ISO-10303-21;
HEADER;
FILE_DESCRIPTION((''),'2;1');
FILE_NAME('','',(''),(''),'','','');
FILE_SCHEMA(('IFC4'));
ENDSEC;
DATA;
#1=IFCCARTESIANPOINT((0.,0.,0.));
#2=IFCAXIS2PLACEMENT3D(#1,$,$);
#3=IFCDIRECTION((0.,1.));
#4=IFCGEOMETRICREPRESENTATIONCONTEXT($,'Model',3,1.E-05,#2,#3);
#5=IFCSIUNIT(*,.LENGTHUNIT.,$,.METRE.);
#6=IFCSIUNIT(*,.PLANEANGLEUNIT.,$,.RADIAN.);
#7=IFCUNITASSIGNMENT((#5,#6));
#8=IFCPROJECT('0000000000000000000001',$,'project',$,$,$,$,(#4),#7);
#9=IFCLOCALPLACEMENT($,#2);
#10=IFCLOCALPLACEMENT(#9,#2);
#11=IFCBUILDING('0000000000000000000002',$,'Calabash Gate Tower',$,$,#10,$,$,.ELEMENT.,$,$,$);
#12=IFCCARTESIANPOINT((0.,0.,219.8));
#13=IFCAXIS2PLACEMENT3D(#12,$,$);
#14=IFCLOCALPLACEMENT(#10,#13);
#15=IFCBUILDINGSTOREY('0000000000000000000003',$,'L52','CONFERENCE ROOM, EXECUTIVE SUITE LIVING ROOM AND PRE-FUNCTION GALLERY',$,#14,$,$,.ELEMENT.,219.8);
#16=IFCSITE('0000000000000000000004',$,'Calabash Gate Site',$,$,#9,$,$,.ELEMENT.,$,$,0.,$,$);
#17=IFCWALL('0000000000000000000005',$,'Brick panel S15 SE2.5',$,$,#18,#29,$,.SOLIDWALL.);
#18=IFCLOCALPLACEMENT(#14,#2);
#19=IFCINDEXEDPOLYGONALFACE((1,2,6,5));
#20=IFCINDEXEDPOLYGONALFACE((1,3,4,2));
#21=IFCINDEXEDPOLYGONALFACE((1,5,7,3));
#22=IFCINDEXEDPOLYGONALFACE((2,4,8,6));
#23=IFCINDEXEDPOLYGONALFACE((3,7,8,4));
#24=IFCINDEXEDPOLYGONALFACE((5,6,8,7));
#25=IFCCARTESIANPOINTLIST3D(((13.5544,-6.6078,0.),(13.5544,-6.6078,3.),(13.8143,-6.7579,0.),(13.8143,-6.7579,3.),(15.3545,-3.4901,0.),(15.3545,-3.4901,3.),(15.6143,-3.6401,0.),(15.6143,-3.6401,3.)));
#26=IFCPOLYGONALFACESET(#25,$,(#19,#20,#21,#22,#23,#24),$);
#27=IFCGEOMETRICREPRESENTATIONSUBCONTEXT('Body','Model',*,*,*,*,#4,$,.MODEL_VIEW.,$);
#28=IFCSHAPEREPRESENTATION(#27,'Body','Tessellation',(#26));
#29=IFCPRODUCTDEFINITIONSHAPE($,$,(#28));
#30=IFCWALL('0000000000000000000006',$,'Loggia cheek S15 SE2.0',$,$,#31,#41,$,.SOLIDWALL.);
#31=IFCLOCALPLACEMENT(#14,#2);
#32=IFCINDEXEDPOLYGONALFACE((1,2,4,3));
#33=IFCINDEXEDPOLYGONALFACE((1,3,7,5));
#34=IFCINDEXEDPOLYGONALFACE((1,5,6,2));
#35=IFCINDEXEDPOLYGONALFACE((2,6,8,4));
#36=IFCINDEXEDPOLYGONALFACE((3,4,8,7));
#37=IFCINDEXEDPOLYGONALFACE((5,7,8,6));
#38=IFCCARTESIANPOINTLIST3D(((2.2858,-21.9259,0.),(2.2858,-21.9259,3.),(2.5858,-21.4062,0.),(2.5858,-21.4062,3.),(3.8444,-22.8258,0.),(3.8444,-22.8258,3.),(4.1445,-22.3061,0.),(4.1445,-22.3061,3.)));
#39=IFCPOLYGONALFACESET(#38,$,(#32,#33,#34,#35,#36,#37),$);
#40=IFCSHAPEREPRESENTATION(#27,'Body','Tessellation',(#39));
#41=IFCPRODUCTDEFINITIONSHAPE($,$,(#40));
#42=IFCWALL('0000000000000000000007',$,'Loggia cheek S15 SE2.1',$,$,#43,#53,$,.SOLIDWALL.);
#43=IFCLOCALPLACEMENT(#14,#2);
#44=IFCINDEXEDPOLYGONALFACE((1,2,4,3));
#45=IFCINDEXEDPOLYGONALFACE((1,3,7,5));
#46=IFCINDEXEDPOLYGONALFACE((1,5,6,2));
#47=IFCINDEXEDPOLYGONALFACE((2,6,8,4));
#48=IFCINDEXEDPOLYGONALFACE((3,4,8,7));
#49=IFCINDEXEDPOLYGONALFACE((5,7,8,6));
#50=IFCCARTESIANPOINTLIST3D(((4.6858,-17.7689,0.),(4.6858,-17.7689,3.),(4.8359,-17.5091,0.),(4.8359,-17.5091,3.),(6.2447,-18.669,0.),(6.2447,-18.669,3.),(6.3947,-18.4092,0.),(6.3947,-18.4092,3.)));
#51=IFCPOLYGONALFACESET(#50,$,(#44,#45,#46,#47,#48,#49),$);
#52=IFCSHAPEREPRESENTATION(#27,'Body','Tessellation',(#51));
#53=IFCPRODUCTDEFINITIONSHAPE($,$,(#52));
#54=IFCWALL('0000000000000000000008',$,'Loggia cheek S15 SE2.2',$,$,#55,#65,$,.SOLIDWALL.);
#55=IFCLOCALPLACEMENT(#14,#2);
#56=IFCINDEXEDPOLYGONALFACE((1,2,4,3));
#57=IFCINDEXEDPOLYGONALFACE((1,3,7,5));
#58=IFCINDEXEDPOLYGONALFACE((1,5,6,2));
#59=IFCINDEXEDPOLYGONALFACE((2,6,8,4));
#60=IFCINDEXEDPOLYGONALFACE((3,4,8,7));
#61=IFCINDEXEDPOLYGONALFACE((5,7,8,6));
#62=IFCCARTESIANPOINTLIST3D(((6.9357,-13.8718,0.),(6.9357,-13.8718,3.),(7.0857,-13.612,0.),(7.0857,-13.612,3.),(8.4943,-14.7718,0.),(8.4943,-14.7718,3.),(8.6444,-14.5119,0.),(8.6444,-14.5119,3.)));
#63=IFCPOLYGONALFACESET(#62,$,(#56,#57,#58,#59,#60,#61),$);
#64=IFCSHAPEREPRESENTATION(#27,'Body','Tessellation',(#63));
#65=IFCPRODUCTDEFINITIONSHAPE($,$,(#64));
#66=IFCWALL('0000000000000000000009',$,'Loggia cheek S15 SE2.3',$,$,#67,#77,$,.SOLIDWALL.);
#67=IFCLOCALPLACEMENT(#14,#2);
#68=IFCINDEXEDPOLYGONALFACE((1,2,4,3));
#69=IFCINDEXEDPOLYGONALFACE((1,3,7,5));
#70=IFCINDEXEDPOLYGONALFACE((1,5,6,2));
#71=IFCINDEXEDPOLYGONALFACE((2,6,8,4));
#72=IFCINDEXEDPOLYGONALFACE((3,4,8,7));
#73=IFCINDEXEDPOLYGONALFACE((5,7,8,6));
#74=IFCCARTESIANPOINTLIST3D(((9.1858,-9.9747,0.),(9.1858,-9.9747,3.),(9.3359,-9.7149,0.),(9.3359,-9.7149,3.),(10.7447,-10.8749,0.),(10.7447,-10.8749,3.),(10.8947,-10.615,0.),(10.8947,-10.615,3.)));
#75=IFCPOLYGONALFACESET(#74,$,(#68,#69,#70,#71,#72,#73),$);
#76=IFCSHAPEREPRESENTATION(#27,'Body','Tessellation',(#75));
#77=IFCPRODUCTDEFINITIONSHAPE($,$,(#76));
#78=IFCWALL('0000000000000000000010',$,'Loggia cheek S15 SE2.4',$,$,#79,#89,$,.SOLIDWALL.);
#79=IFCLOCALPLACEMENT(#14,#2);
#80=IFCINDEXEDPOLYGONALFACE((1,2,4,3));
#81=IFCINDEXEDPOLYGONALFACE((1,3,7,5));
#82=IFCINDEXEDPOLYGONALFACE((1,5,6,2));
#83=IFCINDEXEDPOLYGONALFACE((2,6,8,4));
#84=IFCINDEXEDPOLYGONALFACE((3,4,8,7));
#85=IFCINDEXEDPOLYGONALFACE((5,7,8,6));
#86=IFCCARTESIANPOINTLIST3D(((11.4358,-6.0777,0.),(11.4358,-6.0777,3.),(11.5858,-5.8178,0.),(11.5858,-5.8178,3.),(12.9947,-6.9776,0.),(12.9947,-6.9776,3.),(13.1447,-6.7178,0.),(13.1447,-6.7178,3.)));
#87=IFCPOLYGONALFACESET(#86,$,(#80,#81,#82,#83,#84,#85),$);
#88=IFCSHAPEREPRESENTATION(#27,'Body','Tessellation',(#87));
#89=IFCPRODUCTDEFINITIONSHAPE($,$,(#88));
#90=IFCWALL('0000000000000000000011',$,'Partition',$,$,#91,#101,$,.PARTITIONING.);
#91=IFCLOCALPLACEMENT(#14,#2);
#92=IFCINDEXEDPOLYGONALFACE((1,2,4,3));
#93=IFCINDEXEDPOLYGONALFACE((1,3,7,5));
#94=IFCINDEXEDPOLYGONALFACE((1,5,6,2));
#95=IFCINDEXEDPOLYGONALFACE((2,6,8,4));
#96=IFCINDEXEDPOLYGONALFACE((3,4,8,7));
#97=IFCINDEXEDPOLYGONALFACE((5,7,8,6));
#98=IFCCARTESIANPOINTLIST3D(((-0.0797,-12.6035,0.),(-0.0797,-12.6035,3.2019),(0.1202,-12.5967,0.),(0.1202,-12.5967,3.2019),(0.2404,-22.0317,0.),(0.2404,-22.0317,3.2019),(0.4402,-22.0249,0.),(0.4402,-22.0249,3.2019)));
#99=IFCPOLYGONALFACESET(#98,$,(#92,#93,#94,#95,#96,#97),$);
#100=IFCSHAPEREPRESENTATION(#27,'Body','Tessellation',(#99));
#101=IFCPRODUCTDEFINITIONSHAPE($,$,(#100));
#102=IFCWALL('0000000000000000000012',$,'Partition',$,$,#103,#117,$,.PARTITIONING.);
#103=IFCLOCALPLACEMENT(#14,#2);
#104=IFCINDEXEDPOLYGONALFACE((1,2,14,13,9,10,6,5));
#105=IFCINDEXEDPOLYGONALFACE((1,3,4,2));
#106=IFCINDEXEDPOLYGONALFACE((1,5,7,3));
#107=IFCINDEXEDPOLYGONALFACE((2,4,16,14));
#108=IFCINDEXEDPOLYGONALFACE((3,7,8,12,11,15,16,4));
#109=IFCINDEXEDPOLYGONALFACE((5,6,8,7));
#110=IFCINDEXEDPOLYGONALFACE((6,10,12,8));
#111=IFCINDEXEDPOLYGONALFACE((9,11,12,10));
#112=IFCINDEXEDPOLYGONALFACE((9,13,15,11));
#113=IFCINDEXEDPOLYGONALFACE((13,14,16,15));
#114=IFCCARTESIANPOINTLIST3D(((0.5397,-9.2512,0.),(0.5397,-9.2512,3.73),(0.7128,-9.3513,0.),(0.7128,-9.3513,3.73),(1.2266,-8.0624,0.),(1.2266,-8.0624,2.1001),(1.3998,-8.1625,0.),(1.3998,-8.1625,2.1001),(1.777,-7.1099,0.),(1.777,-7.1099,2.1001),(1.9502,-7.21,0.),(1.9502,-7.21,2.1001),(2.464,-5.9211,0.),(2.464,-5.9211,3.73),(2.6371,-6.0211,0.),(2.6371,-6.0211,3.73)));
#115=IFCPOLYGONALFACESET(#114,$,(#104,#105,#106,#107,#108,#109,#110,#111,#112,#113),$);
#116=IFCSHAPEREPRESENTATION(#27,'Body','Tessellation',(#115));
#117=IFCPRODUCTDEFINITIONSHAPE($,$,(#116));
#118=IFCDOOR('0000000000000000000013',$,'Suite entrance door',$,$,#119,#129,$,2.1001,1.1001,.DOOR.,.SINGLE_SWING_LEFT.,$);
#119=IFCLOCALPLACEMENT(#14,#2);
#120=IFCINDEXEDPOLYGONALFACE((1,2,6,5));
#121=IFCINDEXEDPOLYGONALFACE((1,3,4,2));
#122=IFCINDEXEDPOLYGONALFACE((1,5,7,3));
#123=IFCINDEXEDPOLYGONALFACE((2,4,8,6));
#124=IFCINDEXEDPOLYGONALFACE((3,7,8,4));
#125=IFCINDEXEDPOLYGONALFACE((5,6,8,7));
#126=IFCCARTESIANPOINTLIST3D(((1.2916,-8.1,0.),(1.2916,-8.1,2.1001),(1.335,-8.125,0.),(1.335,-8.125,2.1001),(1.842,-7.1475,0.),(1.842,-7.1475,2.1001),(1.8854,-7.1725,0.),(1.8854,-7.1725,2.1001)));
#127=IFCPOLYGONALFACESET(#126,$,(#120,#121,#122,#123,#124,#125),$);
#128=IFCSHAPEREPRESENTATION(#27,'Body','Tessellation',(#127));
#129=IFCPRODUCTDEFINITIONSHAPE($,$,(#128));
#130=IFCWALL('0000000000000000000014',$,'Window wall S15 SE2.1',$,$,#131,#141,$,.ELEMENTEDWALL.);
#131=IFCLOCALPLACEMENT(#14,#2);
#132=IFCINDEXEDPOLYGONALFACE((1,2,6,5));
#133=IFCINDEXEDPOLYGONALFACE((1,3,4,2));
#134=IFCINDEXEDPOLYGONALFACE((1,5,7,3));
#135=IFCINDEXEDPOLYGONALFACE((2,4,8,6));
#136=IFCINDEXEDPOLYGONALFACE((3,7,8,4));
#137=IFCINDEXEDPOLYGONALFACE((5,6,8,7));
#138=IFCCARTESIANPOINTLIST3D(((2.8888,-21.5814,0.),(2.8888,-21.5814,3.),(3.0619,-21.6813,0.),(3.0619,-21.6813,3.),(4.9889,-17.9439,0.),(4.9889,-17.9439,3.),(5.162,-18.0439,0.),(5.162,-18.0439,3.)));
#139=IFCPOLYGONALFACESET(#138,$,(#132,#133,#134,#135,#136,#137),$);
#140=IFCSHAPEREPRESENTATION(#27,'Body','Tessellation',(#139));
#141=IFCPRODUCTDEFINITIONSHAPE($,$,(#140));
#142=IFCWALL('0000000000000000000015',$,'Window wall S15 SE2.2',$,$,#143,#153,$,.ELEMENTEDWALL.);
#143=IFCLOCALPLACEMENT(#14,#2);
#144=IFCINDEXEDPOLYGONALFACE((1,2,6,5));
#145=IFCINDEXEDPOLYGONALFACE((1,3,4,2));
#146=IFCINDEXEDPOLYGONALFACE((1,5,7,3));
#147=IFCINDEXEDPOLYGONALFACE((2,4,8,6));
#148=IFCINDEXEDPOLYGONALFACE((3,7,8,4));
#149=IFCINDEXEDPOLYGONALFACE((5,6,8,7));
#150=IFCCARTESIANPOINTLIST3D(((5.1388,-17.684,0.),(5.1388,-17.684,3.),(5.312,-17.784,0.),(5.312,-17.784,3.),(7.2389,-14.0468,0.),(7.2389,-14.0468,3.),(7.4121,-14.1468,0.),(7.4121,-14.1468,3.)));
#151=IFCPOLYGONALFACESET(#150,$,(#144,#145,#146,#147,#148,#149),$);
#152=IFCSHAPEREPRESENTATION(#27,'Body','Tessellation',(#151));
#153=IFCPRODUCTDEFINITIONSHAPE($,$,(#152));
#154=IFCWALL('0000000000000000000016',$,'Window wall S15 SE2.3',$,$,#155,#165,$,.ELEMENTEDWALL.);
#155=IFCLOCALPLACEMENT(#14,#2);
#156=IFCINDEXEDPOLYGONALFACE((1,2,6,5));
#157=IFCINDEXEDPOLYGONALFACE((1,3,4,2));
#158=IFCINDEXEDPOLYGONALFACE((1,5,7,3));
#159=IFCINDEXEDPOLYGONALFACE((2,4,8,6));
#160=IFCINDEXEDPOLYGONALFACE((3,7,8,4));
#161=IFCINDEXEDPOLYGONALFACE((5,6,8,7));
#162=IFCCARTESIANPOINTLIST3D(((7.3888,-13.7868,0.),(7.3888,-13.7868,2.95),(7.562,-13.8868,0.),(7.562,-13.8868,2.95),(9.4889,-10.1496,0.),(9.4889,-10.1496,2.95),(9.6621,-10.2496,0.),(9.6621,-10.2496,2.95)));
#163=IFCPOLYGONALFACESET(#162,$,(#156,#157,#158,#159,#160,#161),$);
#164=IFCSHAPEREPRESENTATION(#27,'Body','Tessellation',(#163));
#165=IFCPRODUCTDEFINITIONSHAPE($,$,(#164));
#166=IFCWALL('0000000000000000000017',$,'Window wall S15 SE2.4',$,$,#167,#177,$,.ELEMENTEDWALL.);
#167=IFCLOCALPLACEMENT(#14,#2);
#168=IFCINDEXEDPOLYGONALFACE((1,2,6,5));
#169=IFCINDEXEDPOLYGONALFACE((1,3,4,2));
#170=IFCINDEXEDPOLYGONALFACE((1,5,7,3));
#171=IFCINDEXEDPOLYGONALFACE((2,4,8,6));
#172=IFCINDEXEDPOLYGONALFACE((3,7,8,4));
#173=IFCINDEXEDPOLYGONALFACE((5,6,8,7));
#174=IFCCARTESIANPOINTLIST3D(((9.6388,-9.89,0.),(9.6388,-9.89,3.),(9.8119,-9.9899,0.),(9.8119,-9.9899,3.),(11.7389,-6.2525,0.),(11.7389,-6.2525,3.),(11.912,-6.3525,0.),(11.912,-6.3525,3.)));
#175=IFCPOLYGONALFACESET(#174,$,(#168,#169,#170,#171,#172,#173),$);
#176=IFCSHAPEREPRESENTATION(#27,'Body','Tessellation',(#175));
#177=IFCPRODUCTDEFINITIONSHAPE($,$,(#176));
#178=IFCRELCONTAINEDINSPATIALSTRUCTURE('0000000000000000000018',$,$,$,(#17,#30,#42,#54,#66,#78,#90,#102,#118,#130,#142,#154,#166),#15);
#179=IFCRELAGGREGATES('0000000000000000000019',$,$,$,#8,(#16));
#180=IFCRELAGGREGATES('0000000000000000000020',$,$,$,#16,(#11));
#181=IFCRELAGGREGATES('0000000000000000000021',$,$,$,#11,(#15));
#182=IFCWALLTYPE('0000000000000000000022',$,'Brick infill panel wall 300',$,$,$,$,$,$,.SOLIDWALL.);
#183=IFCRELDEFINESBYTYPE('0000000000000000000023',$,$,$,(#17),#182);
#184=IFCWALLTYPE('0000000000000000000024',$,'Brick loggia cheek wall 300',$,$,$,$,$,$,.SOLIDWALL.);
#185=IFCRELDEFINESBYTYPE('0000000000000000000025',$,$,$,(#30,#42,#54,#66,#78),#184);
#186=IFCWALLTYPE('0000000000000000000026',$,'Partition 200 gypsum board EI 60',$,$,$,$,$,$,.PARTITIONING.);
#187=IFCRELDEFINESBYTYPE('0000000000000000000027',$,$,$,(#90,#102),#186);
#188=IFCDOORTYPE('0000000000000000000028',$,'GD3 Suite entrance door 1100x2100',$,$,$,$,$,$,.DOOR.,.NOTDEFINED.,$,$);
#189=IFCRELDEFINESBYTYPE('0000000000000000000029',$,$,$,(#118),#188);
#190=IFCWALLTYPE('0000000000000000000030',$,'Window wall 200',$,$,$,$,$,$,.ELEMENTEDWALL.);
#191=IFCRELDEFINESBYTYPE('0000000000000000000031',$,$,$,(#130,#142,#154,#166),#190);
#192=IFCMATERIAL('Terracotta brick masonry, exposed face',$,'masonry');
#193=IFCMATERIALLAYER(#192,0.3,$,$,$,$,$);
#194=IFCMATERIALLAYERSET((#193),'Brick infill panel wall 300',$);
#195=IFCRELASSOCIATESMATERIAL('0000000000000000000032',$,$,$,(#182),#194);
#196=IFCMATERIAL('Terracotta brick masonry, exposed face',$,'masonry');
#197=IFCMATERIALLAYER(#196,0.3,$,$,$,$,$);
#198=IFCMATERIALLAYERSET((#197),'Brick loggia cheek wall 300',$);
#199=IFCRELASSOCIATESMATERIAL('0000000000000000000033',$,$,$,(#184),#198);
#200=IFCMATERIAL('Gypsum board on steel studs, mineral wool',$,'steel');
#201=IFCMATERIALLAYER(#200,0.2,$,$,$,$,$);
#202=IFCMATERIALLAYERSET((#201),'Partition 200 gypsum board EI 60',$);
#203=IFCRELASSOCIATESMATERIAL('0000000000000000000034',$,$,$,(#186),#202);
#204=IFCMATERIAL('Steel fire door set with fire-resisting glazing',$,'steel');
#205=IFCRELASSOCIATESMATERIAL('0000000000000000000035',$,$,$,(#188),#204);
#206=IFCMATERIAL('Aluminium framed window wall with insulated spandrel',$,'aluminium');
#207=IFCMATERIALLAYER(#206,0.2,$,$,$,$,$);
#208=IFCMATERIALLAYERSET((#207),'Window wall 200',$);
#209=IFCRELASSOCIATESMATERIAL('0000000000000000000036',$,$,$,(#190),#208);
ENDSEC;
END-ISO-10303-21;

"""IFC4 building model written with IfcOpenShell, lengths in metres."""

from ifc_helpers import new_model, si_unit, direction, frame, frame_2d, origin, place, context, subcontext, project, spatial, rectangle, extrude, material, layer, layer_set, type_object, element, fill, save


model = new_model("IFC4")

# Units and contexts
model_context = context("Model", 3, precision=1e-05, world=origin(), true_north=direction((0.0, 1.0)))
body_context = subcontext(model_context, "Body", "Model", "MODEL_VIEW")
ifc_project = project(units=[si_unit("LENGTHUNIT", "METRE"), si_unit("PLANEANGLEUNIT", "RADIAN")], contexts=[model_context])

# Site, building, storey
site_placement = place(None, origin())
site = spatial("IfcSite", under=ifc_project, at=site_placement, Name="Calabash Gate Site", CompositionType="ELEMENT", RefElevation=0.0)
building_placement = place(site_placement, origin())
building = spatial("IfcBuilding", under=site, at=building_placement, Name="Calabash Gate Tower", CompositionType="ELEMENT")
storey_placement = place(building_placement, frame((0.0, 0.0, 219.8)))
storey = spatial("IfcBuildingStorey", under=building, at=storey_placement, Name="L52", Description="CONFERENCE ROOM, EXECUTIVE SUITE LIVING ROOM AND PRE-FUNCTION GALLERY", CompositionType="ELEMENT", Elevation=219.8)

# Walls
ifc_material_1 = material(Name="Terracotta brick masonry, exposed face", Category="masonry")
ifc_layer_1 = layer(ifc_material_1, 0.3)
ifc_layer_set_1 = layer_set([ifc_layer_1], Name="Brick infill panel wall 300")
wall_type_1 = type_object("IfcWallType", Name="Brick infill panel wall 300", PredefinedType="SOLIDWALL", material=ifc_layer_set_1)
wall_1_placement = place(storey_placement, frame((13.6843, -6.6829, 0.0), z_axis=(0.0, 0.0, 1.0), x_axis=(0.500012, 0.866018, 0.0)))
element("IfcWall", 1, at=wall_1_placement, inside=storey, type_object=wall_type_1, Name="Brick panel S15 SE2.5", PredefinedType="SOLIDWALL", context=body_context, shape_type="SweptSolid", body=[
    extrude(rectangle(XDim=3.6001, YDim=0.3, at=frame_2d((1.8, 0.0))), origin(), (0.0, 0.0, 1.0), 3.0),
])
ifc_material_2 = material(Name="Terracotta brick masonry, exposed face", Category="masonry")
ifc_layer_2 = layer(ifc_material_2, 0.3)
ifc_layer_set_2 = layer_set([ifc_layer_2], Name="Brick loggia cheek wall 300")
wall_type_2 = type_object("IfcWallType", Name="Brick loggia cheek wall 300", PredefinedType="SOLIDWALL", material=ifc_layer_set_2)
wall_2_placement = place(storey_placement, frame((2.4358, -21.666, 0.0), z_axis=(0.0, 0.0, 1.0), x_axis=(0.866014, -0.50002, 0.0)))
element("IfcWall", 2, at=wall_2_placement, inside=storey, type_object=wall_type_2, Name="Loggia cheek S15 SE2.0", PredefinedType="SOLIDWALL", context=body_context, shape_type="SweptSolid", body=[
    extrude(rectangle(XDim=1.7998, YDim=0.6001, at=frame_2d((0.8999, 0.0))), origin(), (0.0, 0.0, 1.0), 3.0),
])
wall_3_placement = place(storey_placement, frame((6.3196, -18.5391, 0.0), z_axis=(0.0, 0.0, 1.0), x_axis=(-0.865989, 0.500063, 0.0)))
element("IfcWall", 3, at=wall_3_placement, inside=storey, type_object=wall_type_2, Name="Loggia cheek S15 SE2.1", PredefinedType="SOLIDWALL", context=body_context, shape_type="SweptSolid", body=[
    extrude(rectangle(XDim=1.8, YDim=0.3, at=frame_2d((0.8999, 0.0))), origin(), (0.0, 0.0, 1.0), 3.0),
])
wall_4_placement = place(storey_placement, frame((8.5693, -14.6418, 0.0), z_axis=(0.0, 0.0, 1.0), x_axis=(-0.866014, 0.50002, 0.0)))
element("IfcWall", 4, at=wall_4_placement, inside=storey, type_object=wall_type_2, Name="Loggia cheek S15 SE2.2", PredefinedType="SOLIDWALL", context=body_context, shape_type="SweptSolid", body=[
    extrude(rectangle(XDim=1.7998, YDim=0.3, at=frame_2d((0.8999, 0.0))), origin(), (0.0, 0.0, 1.0), 3.0),
])
for number, where, z_axis, x_axis, name in (
    (5, (10.8196, -10.7449, 0.0), (0.0, 0.0, 1.0), (-0.865989, 0.500063, 0.0), "Loggia cheek S15 SE2.3"),
    (6, (13.0696, -6.8477, 0.0), (0.0, 0.0, 1.0), (-0.866048, 0.499961, 0.0), "Loggia cheek S15 SE2.4"),
):
    element("IfcWall", number, at=place(storey_placement, frame(where, z_axis=z_axis, x_axis=x_axis)), inside=storey, type_object=wall_type_2, Name=name, PredefinedType="SOLIDWALL", context=body_context, shape_type="SweptSolid", body=[
        extrude(rectangle(XDim=1.8, YDim=0.3, at=frame_2d((0.8999, 0.0))), origin(), (0.0, 0.0, 1.0), 3.0),
    ])
ifc_material_3 = material(Name="Gypsum board on steel studs, mineral wool", Category="steel")
ifc_layer_3 = layer(ifc_material_3, 0.2)
ifc_layer_set_3 = layer_set([ifc_layer_3], Name="Partition 200 gypsum board EI 60")
wall_type_3 = type_object("IfcWallType", Name="Partition 200 gypsum board EI 60", PredefinedType="PARTITIONING", material=ifc_layer_set_3)
wall_5_placement = place(storey_placement, frame((0.0203, -12.6001, 0.0), z_axis=(0.0, 0.0, 1.0), x_axis=(0.033928, -0.999424, 0.0)))
element("IfcWall", 7, at=wall_5_placement, inside=storey, type_object=wall_type_3, Name="Partition", PredefinedType="PARTITIONING", context=body_context, shape_type="SweptSolid", body=[
    extrude(rectangle(XDim=9.4336, YDim=0.2, at=frame_2d((4.7168, 0.0))), origin(), (0.0, 0.0, 1.0), 3.2019),
])

# Wall, opening, door
wall_6_placement = place(storey_placement, frame((0.6262, -9.3013, 0.0), z_axis=(0.0, 0.0, 1.0), x_axis=(0.50033, 0.865835, 0.0)))
wall_6 = element("IfcWall", 8, at=wall_6_placement, inside=storey, type_object=wall_type_3, Name="Partition", PredefinedType="PARTITIONING", context=body_context, shape_type="SweptSolid", body=[
    extrude(rectangle(XDim=3.8462, YDim=0.2, at=frame_2d((1.9231, 0.0))), origin(), (0.0, 0.0, 1.0), 3.73),
])
opening_placement = place(wall_6_placement, frame((1.373, 0.0, 0.0)))
opening = element("IfcOpeningElement", 9, at=opening_placement, cuts=wall_6, PredefinedType="OPENING", context=body_context, shape_type="SweptSolid", body=[
    extrude(rectangle(XDim=1.1001, YDim=2.1001, at=frame_2d((0.55, 1.05))), frame((0.0, 0.1099, 0.0), z_axis=(0.0, -1.0, 0.0), x_axis=(1.0, 0.0, 0.0)), (0.0, 0.0, 1.0), 0.22),
])
ifc_material_4 = material(Name="Steel fire door set with fire-resisting glazing", Category="steel")
door_type = type_object("IfcDoorType", Name="GD3 Suite entrance door 1100x2100", OperationType="NOTDEFINED", PredefinedType="DOOR", material=ifc_material_4)
door_placement = place(opening_placement, origin())
door = element("IfcDoor", 10, at=door_placement, inside=storey, type_object=door_type, Name="Suite entrance door", OperationType="SINGLE_SWING_LEFT", OverallHeight=2.1001, OverallWidth=1.1001, PredefinedType="DOOR", context=body_context, shape_type="SweptSolid", body=[
    extrude(rectangle(XDim=1.1001, YDim=2.1001, at=frame_2d((0.55, 1.05))), frame((0.0, 0.0249, 0.0), z_axis=(0.0, -1.0, 0.0), x_axis=(1.0, 0.0, 0.0)), (0.0, 0.0, 1.0), 0.05),
])
fill(opening, door)

# Walls
ifc_material_5 = material(Name="Aluminium framed window wall with insulated spandrel", Category="aluminium")
ifc_layer_4 = layer(ifc_material_5, 0.2)
ifc_layer_set_4 = layer_set([ifc_layer_4], Name="Window wall 200")
wall_type_4 = type_object("IfcWallType", Name="Window wall 200", PredefinedType="ELEMENTEDWALL", material=ifc_layer_set_4)
wall_7_placement = place(storey_placement, frame((2.9753, -21.6313, 0.0), z_axis=(0.0, 0.0, 1.0), x_axis=(0.500003, 0.866024, 0.0)))
element("IfcWall", 11, at=wall_7_placement, inside=storey, type_object=wall_type_4, Name="Window wall S15 SE2.1", PredefinedType="ELEMENTEDWALL", context=body_context, shape_type="SweptSolid", body=[
    extrude(rectangle(XDim=4.2002, YDim=0.2, at=frame_2d((2.1001, 0.0))), origin(), (0.0, 0.0, 1.0), 3.0),
])
wall_8_placement = place(storey_placement, frame((5.2253, -17.7341, 0.0), z_axis=(0.0, 0.0, 1.0), x_axis=(0.500028, 0.866009, 0.0)))
element("IfcWall", 12, at=wall_8_placement, inside=storey, type_object=wall_type_4, Name="Window wall S15 SE2.2", PredefinedType="ELEMENTEDWALL", context=body_context, shape_type="SweptSolid", body=[
    extrude(rectangle(XDim=4.2, YDim=0.2, at=frame_2d((2.1001, 0.0))), origin(), (0.0, 0.0, 1.0), 3.0),
])
wall_9_placement = place(storey_placement, frame((7.4753, -13.8369, 0.0), z_axis=(0.0, 0.0, 1.0), x_axis=(0.500028, 0.866009, 0.0)))
element("IfcWall", 13, at=wall_9_placement, inside=storey, type_object=wall_type_4, Name="Window wall S15 SE2.3", PredefinedType="ELEMENTEDWALL", context=body_context, shape_type="SweptSolid", body=[
    extrude(rectangle(XDim=4.2, YDim=0.2, at=frame_2d((2.1001, 0.0))), origin(), (0.0, 0.0, 1.0), 2.95),
])
wall_10_placement = place(storey_placement, frame((9.7253, -9.9399, 0.0), z_axis=(0.0, 0.0, 1.0), x_axis=(0.500003, 0.866024, 0.0)))
element("IfcWall", 14, at=wall_10_placement, inside=storey, type_object=wall_type_4, Name="Window wall S15 SE2.4", PredefinedType="ELEMENTEDWALL", context=body_context, shape_type="SweptSolid", body=[
    extrude(rectangle(XDim=4.2002, YDim=0.2, at=frame_2d((2.1001, 0.0))), origin(), (0.0, 0.0, 1.0), 3.0),
])

save(model, "model.ifc")
